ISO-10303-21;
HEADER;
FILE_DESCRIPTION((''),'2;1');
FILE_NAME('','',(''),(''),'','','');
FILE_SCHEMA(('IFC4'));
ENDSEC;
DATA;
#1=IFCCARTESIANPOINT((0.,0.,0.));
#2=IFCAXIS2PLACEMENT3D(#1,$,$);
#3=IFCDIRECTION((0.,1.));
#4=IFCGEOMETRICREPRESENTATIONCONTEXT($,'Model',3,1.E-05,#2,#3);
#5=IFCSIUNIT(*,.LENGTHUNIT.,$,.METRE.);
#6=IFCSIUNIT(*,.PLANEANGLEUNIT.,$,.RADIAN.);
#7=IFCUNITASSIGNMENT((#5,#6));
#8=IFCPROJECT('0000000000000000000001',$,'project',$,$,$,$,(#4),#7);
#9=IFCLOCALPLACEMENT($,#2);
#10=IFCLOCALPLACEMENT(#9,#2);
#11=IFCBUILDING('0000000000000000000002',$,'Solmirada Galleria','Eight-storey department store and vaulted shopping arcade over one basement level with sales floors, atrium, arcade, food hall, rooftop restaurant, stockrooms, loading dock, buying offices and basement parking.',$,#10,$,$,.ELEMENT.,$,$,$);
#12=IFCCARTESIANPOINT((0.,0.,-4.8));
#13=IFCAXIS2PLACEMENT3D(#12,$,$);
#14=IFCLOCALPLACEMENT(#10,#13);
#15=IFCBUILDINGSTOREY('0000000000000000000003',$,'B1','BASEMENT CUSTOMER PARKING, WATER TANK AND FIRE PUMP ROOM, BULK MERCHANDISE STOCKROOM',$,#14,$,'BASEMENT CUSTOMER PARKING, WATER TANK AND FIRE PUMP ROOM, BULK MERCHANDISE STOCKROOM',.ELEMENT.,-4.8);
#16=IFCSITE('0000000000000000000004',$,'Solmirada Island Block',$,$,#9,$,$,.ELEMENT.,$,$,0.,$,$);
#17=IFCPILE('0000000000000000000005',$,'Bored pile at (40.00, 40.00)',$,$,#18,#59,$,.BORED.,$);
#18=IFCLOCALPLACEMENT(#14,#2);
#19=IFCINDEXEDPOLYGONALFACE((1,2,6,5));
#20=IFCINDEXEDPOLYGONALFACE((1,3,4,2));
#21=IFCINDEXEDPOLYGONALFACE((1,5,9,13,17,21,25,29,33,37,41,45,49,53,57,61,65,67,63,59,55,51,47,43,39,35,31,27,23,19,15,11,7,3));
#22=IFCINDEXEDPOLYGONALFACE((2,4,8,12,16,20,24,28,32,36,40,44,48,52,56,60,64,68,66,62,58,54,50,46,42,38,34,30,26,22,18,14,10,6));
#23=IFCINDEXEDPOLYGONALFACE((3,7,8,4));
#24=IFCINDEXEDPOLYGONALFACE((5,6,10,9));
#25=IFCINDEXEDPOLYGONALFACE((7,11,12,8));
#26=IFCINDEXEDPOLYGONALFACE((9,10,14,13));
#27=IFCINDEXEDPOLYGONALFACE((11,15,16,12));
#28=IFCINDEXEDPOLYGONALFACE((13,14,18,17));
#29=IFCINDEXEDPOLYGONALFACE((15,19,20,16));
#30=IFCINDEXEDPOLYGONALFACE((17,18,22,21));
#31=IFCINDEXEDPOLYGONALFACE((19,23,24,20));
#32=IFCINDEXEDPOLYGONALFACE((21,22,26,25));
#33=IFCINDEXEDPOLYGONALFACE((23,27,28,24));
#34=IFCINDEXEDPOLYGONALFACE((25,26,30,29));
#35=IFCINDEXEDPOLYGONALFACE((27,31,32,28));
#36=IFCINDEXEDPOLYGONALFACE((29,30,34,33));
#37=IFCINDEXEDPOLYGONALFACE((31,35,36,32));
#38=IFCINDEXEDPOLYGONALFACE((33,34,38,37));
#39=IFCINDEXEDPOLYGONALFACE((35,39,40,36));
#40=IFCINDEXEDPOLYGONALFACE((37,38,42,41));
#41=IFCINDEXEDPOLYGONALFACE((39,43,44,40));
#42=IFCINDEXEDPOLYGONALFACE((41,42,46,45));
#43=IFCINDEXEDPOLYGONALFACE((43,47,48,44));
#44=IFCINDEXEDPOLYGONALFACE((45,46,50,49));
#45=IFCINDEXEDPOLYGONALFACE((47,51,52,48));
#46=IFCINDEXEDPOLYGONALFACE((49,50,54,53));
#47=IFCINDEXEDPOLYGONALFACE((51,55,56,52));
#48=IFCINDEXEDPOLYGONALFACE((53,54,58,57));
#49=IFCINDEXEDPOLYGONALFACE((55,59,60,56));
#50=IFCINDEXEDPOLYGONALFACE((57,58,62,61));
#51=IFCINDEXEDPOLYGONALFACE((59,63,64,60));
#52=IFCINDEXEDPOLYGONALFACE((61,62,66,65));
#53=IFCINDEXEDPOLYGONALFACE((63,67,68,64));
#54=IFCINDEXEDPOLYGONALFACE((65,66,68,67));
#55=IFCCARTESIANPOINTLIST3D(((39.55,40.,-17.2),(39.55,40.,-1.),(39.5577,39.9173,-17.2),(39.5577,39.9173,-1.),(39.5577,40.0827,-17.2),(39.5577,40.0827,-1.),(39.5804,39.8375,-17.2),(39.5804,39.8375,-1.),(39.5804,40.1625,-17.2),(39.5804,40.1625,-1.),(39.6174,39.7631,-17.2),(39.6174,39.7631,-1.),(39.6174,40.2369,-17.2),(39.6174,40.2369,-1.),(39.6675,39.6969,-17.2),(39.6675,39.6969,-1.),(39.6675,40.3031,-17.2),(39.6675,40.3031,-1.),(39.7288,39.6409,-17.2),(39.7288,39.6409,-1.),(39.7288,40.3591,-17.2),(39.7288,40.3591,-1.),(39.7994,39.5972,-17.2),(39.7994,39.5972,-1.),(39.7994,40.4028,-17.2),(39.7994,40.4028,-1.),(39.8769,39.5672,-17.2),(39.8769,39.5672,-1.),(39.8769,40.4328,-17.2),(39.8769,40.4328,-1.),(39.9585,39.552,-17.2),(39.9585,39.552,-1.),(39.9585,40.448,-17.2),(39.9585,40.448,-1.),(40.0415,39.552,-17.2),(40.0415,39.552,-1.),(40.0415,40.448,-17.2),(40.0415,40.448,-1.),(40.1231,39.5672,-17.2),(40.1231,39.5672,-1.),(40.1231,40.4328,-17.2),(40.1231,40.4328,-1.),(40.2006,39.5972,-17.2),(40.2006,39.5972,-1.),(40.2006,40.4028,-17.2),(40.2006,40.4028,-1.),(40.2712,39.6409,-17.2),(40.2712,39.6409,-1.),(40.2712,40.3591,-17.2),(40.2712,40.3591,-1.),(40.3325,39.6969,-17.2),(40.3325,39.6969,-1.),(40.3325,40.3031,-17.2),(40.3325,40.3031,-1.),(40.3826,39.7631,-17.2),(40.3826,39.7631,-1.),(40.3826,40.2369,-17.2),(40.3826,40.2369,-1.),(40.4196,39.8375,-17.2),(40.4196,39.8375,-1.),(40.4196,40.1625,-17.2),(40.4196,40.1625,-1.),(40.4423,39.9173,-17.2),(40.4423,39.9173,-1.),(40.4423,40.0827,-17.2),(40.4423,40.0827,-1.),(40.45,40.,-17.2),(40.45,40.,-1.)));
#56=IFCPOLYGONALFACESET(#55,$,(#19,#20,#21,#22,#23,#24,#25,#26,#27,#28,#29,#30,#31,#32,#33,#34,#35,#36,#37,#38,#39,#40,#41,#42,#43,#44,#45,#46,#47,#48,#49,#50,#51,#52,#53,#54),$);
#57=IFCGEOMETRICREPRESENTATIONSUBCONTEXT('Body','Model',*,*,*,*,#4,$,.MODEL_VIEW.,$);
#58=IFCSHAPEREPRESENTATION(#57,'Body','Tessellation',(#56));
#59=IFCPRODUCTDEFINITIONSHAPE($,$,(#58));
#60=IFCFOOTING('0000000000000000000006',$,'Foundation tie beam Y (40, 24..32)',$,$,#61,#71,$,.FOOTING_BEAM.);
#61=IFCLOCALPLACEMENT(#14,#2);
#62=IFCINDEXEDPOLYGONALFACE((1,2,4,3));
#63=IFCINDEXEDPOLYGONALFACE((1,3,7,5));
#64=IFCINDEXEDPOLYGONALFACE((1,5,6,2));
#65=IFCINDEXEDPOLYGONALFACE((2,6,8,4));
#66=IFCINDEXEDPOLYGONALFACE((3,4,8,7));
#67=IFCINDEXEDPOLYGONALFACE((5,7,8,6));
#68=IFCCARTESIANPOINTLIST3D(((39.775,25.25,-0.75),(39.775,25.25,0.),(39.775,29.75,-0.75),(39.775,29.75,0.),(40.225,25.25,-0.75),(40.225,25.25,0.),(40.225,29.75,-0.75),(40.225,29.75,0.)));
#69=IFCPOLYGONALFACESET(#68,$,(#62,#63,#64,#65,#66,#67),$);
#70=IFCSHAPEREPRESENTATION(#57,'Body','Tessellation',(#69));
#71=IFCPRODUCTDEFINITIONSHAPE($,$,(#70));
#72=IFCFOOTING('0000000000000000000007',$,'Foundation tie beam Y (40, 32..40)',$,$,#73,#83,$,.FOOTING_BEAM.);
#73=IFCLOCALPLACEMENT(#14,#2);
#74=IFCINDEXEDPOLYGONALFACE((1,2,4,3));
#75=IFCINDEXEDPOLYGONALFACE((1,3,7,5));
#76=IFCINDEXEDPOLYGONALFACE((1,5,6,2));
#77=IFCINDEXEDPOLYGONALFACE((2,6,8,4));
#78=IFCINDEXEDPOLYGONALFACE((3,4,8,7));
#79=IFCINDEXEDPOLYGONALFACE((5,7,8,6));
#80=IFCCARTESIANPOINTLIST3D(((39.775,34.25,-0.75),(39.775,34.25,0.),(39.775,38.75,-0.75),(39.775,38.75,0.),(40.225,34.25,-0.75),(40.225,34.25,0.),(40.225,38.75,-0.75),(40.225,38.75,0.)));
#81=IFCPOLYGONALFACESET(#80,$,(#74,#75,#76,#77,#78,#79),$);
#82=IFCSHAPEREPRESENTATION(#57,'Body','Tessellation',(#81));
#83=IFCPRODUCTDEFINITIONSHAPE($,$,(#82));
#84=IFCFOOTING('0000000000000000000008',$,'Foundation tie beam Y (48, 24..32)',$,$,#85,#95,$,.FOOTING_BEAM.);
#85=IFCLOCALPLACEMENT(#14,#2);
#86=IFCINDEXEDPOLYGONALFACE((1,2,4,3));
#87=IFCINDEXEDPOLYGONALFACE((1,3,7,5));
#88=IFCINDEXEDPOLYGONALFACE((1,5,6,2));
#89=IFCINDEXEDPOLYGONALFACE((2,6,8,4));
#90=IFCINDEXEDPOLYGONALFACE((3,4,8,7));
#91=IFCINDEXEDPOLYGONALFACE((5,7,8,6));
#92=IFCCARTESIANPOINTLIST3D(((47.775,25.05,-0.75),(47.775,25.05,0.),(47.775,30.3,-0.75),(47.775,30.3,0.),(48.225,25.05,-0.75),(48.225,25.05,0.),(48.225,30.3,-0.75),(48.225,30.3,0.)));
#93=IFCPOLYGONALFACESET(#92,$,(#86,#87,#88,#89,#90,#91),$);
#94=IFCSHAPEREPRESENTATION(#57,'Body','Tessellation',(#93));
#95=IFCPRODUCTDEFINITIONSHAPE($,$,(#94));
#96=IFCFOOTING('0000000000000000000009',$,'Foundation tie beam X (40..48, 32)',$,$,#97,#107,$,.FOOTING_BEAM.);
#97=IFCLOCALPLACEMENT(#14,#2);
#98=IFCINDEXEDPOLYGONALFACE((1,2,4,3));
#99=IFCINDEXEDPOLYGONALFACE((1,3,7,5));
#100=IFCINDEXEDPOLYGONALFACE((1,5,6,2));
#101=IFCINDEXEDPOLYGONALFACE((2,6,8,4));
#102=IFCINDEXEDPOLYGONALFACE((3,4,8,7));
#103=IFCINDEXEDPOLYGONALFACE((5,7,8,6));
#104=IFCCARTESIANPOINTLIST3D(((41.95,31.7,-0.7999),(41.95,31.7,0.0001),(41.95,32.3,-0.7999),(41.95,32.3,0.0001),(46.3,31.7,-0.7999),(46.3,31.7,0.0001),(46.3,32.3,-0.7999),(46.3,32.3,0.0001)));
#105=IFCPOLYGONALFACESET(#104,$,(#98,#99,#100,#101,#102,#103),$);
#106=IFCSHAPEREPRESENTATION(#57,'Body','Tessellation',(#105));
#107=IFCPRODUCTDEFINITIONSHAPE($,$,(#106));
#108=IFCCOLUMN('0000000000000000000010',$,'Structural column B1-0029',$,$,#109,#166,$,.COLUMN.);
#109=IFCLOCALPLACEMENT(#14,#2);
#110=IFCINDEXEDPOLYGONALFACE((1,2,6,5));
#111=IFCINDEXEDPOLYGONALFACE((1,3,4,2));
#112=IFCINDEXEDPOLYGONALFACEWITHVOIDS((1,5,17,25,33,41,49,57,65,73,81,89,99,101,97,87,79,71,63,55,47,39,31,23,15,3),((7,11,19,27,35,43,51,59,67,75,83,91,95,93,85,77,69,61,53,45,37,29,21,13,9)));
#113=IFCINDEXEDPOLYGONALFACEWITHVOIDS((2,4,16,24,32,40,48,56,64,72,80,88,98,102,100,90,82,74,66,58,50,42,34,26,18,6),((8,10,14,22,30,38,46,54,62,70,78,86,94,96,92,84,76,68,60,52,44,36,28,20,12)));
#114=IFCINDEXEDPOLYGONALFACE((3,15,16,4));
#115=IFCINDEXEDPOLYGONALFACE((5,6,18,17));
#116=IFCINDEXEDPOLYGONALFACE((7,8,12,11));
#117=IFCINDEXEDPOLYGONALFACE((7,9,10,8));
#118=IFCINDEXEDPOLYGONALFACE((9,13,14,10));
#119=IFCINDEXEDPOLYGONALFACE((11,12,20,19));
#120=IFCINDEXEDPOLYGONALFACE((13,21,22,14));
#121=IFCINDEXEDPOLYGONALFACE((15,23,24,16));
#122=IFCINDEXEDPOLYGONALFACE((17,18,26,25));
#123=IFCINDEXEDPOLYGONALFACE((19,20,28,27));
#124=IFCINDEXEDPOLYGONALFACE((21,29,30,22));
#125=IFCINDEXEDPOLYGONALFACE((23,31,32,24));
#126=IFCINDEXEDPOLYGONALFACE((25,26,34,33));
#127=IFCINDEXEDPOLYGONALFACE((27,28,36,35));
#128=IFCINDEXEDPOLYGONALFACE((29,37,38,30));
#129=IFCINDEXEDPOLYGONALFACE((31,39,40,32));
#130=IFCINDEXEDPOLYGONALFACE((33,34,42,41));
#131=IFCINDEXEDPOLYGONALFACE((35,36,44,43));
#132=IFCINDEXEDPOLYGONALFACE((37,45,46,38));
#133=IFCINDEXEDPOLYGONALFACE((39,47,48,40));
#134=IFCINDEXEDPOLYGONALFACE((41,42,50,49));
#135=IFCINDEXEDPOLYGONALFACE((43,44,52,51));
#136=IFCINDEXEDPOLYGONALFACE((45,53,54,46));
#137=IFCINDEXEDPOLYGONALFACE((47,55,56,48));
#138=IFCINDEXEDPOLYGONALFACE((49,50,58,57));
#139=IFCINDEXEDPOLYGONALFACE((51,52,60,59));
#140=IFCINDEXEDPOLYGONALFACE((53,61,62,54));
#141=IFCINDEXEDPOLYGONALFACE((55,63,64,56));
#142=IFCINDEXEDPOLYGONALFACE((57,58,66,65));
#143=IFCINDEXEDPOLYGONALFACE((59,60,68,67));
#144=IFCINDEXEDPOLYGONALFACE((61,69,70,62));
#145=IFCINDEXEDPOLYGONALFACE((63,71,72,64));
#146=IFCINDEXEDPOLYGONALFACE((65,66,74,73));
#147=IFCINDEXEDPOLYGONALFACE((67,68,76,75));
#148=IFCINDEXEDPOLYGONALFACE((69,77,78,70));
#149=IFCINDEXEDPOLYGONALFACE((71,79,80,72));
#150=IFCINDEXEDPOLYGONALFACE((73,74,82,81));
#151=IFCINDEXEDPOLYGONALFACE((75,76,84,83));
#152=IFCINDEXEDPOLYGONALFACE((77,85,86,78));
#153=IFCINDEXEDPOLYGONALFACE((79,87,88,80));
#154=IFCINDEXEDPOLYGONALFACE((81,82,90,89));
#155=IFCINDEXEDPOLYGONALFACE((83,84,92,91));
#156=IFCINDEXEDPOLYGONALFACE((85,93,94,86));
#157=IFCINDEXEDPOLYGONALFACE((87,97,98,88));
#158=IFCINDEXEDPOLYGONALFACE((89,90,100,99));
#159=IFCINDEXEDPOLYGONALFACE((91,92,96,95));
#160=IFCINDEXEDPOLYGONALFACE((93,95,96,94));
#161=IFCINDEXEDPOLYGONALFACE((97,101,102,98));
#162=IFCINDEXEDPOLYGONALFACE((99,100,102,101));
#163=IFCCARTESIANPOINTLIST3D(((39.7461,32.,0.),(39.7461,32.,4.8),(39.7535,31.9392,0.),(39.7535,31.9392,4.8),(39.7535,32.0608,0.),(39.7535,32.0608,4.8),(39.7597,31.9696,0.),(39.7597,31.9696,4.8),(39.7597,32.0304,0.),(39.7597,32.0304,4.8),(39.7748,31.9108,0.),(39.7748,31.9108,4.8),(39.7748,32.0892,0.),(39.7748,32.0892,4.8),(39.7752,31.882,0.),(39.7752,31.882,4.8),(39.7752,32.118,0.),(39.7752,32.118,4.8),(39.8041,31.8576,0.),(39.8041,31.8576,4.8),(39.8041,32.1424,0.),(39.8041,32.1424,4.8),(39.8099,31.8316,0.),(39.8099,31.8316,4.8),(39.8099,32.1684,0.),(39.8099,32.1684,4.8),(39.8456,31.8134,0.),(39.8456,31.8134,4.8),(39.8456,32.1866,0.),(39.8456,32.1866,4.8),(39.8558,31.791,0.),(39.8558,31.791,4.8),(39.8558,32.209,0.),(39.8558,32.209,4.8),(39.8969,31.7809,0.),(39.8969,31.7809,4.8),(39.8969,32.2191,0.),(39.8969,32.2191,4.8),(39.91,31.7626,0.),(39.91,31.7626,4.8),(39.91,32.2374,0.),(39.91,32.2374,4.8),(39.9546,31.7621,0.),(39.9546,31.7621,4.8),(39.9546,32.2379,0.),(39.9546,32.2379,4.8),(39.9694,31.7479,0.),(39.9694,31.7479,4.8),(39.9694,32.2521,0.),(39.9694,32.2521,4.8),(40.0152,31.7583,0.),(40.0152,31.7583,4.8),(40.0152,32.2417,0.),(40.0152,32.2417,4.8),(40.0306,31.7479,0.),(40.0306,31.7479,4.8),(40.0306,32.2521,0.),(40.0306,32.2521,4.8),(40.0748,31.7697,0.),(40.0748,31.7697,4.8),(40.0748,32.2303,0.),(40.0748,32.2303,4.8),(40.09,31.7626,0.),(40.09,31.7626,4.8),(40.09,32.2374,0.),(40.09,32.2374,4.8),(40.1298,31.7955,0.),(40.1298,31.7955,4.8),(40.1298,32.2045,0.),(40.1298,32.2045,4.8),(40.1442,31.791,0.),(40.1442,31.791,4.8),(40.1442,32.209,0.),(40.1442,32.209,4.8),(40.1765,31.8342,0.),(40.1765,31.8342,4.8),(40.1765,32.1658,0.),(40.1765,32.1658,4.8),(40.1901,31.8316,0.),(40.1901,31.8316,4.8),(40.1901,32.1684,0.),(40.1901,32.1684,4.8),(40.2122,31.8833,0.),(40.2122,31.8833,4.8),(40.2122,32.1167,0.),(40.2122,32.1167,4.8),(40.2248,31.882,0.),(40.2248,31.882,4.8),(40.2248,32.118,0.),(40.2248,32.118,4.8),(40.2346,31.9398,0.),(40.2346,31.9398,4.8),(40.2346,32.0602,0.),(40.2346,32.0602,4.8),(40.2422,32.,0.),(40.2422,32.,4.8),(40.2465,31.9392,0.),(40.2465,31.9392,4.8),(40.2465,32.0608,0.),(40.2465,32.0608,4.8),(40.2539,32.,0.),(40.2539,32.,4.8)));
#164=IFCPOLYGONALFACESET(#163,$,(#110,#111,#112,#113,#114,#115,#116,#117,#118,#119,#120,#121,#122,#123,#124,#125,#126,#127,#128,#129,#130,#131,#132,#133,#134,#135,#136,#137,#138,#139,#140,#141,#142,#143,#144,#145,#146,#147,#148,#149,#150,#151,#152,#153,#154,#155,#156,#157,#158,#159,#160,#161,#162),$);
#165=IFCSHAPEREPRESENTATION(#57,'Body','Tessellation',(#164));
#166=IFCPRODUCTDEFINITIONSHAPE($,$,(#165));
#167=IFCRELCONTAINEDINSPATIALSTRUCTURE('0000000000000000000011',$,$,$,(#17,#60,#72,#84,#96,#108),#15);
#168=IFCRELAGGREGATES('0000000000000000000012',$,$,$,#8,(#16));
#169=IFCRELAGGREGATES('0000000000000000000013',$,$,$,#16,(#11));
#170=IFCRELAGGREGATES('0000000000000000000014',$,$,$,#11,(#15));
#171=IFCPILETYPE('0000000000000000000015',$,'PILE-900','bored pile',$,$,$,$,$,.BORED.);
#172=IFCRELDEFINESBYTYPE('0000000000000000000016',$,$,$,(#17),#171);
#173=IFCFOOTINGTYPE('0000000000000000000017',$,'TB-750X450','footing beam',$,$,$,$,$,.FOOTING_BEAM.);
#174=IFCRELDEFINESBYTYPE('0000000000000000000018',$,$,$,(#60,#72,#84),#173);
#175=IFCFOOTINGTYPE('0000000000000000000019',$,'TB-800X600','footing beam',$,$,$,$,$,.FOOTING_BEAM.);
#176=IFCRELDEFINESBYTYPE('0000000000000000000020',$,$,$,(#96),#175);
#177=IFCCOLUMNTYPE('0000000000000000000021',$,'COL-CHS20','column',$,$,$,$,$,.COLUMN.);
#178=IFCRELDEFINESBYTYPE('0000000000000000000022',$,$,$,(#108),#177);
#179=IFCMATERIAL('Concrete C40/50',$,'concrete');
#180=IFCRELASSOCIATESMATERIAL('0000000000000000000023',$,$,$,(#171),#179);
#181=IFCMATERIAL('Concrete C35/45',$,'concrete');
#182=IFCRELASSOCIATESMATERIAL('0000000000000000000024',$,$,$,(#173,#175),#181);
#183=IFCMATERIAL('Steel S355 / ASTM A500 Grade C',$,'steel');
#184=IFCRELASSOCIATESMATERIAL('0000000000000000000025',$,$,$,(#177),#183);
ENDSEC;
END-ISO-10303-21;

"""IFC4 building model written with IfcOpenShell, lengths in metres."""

from ifc_helpers import new_model, si_unit, direction, frame, origin, origin_2d, place, context, subcontext, project, spatial, rectangle, circle, hollow_circle, extrude, material, material_profile, profile_set, type_object, element, save


model = new_model("IFC4")

# Units and contexts
model_context = context("Model", 3, precision=1e-05, world=origin(), true_north=direction((0.0, 1.0)))
body_context = subcontext(model_context, "Body", "Model", "MODEL_VIEW")
ifc_project = project(units=[si_unit("LENGTHUNIT", "METRE"), si_unit("PLANEANGLEUNIT", "RADIAN")], contexts=[model_context])

# Site, building, storey
site_placement = place(None, origin())
site = spatial("IfcSite", under=ifc_project, at=site_placement, Name="Solmirada Island Block", CompositionType="ELEMENT", RefElevation=0.0)
building_placement = place(site_placement, origin())
building = spatial("IfcBuilding", under=site, at=building_placement, Name="Solmirada Galleria", Description="Eight-storey department store and vaulted shopping arcade over one basement level with sales floors, atrium, arcade, food hall, rooftop restaurant, stockrooms, loading dock, buying offices and basement parking.", CompositionType="ELEMENT")
storey_placement = place(building_placement, frame((0.0, 0.0, -4.8)))
storey = spatial("IfcBuildingStorey", under=building, at=storey_placement, Name="B1", Description="BASEMENT CUSTOMER PARKING, WATER TANK AND FIRE PUMP ROOM, BULK MERCHANDISE STOCKROOM", LongName="BASEMENT CUSTOMER PARKING, WATER TANK AND FIRE PUMP ROOM, BULK MERCHANDISE STOCKROOM", CompositionType="ELEMENT", Elevation=-4.8)

# Shared definitions
ifc_material_1 = material(Name="Concrete C35/45", Category="concrete")

# Pile
ifc_material_2 = material(Name="Concrete C40/50", Category="concrete")
ifc_material_profile_1 = material_profile(ifc_material_2, circle(Radius=0.45, at=origin_2d()), Name="PILE900")
ifc_profile_set_1 = profile_set([ifc_material_profile_1], Name="Concrete C40/50")
pile_type = type_object("IfcPileType", Name="PILE-900", Description="bored pile", PredefinedType="BORED", material=ifc_profile_set_1)
pile_placement = place(storey_placement, frame((40.0, 40.0, -1.0), z_axis=(0.0, 0.0, -1.0), x_axis=(1.0, 0.0, 0.0)))
element("IfcPile", 1, at=pile_placement, inside=storey, type_object=pile_type, Name="Bored pile at (40.00, 40.00)", PredefinedType="BORED", context=body_context, shape_type="SweptSolid", body=[
    extrude(circle(Radius=0.45, at=origin_2d()), origin(), (0.0, 0.0, 1.0), 16.2),
])

# Footings
ifc_material_profile_2 = material_profile(ifc_material_1, rectangle(XDim=0.45, YDim=0.75, at=origin_2d()), Name="RC750X450")
ifc_profile_set_2 = profile_set([ifc_material_profile_2], Name="Concrete C35/45")
footing_type_1 = type_object("IfcFootingType", Name="TB-750X450", Description="footing beam", PredefinedType="FOOTING_BEAM", material=ifc_profile_set_2)
for number, where, z_axis, x_axis, name in (
    (2, (40.0, 25.25, -0.375), (0.0, 1.0, 0.0), (-1.0, 0.0, 0.0), "Foundation tie beam Y (40, 24..32)"),
    (3, (40.0, 34.25, -0.375), (0.0, 1.0, 0.0), (-1.0, 0.0, 0.0), "Foundation tie beam Y (40, 32..40)"),
):
    element("IfcFooting", number, at=place(storey_placement, frame(where, z_axis=z_axis, x_axis=x_axis)), inside=storey, type_object=footing_type_1, Name=name, PredefinedType="FOOTING_BEAM", context=body_context, shape_type="SweptSolid", body=[
        extrude(rectangle(XDim=0.45, YDim=0.75, at=origin_2d()), origin(), (0.0, 0.0, 1.0), 4.5),
    ])
footing_1_placement = place(storey_placement, frame((48.0, 25.05, -0.375), z_axis=(0.0, 1.0, 0.0), x_axis=(-1.0, 0.0, 0.0)))
element("IfcFooting", 4, at=footing_1_placement, inside=storey, type_object=footing_type_1, Name="Foundation tie beam Y (48, 24..32)", PredefinedType="FOOTING_BEAM", context=body_context, shape_type="SweptSolid", body=[
    extrude(rectangle(XDim=0.45, YDim=0.75, at=origin_2d()), origin(), (0.0, 0.0, 1.0), 5.25),
])
ifc_material_profile_3 = material_profile(ifc_material_1, rectangle(XDim=0.6001, YDim=0.8, at=origin_2d()), Name="RC800X600")
ifc_profile_set_3 = profile_set([ifc_material_profile_3], Name="Concrete C35/45")
footing_type_2 = type_object("IfcFootingType", Name="TB-800X600", Description="footing beam", PredefinedType="FOOTING_BEAM", material=ifc_profile_set_3)
footing_2_placement = place(storey_placement, frame((41.95, 32.0, -0.3999), z_axis=(1.0, 0.0, 0.0), x_axis=(0.0, 1.0, 0.0)))
element("IfcFooting", 5, at=footing_2_placement, inside=storey, type_object=footing_type_2, Name="Foundation tie beam X (40..48, 32)", PredefinedType="FOOTING_BEAM", context=body_context, shape_type="SweptSolid", body=[
    extrude(rectangle(XDim=0.6001, YDim=0.8, at=origin_2d()), origin(), (0.0, 0.0, 1.0), 4.3501),
])

# Column
ifc_material_3 = material(Name="Steel S355 / ASTM A500 Grade C", Category="steel")
ifc_material_profile_4 = material_profile(ifc_material_3, hollow_circle(Radius=0.2539, WallThickness=0.0117, at=origin_2d()), Name="HSS20.000X0.500")
ifc_profile_set_4 = profile_set([ifc_material_profile_4], Name="Steel S355 / ASTM A500 Grade C")
column_type_1 = type_object("IfcColumnType", Name="COL-CHS20", Description="column", PredefinedType="COLUMN", material=ifc_profile_set_4)
column_1_placement = place(storey_placement, frame((40.0, 32.0, 0.0), z_axis=(0.0, 0.0, 1.0), x_axis=(1.0, 0.0, 0.0)))
element("IfcColumn", 6, at=column_1_placement, inside=storey, type_object=column_type_1, Name="Structural column B1-0029", PredefinedType="COLUMN", context=body_context, shape_type="SweptSolid", body=[
    extrude(hollow_circle(Radius=0.2539, WallThickness=0.0117, at=origin_2d()), origin(), (0.0, 0.0, 1.0), 4.8),
])

save(model, "model.ifc")
